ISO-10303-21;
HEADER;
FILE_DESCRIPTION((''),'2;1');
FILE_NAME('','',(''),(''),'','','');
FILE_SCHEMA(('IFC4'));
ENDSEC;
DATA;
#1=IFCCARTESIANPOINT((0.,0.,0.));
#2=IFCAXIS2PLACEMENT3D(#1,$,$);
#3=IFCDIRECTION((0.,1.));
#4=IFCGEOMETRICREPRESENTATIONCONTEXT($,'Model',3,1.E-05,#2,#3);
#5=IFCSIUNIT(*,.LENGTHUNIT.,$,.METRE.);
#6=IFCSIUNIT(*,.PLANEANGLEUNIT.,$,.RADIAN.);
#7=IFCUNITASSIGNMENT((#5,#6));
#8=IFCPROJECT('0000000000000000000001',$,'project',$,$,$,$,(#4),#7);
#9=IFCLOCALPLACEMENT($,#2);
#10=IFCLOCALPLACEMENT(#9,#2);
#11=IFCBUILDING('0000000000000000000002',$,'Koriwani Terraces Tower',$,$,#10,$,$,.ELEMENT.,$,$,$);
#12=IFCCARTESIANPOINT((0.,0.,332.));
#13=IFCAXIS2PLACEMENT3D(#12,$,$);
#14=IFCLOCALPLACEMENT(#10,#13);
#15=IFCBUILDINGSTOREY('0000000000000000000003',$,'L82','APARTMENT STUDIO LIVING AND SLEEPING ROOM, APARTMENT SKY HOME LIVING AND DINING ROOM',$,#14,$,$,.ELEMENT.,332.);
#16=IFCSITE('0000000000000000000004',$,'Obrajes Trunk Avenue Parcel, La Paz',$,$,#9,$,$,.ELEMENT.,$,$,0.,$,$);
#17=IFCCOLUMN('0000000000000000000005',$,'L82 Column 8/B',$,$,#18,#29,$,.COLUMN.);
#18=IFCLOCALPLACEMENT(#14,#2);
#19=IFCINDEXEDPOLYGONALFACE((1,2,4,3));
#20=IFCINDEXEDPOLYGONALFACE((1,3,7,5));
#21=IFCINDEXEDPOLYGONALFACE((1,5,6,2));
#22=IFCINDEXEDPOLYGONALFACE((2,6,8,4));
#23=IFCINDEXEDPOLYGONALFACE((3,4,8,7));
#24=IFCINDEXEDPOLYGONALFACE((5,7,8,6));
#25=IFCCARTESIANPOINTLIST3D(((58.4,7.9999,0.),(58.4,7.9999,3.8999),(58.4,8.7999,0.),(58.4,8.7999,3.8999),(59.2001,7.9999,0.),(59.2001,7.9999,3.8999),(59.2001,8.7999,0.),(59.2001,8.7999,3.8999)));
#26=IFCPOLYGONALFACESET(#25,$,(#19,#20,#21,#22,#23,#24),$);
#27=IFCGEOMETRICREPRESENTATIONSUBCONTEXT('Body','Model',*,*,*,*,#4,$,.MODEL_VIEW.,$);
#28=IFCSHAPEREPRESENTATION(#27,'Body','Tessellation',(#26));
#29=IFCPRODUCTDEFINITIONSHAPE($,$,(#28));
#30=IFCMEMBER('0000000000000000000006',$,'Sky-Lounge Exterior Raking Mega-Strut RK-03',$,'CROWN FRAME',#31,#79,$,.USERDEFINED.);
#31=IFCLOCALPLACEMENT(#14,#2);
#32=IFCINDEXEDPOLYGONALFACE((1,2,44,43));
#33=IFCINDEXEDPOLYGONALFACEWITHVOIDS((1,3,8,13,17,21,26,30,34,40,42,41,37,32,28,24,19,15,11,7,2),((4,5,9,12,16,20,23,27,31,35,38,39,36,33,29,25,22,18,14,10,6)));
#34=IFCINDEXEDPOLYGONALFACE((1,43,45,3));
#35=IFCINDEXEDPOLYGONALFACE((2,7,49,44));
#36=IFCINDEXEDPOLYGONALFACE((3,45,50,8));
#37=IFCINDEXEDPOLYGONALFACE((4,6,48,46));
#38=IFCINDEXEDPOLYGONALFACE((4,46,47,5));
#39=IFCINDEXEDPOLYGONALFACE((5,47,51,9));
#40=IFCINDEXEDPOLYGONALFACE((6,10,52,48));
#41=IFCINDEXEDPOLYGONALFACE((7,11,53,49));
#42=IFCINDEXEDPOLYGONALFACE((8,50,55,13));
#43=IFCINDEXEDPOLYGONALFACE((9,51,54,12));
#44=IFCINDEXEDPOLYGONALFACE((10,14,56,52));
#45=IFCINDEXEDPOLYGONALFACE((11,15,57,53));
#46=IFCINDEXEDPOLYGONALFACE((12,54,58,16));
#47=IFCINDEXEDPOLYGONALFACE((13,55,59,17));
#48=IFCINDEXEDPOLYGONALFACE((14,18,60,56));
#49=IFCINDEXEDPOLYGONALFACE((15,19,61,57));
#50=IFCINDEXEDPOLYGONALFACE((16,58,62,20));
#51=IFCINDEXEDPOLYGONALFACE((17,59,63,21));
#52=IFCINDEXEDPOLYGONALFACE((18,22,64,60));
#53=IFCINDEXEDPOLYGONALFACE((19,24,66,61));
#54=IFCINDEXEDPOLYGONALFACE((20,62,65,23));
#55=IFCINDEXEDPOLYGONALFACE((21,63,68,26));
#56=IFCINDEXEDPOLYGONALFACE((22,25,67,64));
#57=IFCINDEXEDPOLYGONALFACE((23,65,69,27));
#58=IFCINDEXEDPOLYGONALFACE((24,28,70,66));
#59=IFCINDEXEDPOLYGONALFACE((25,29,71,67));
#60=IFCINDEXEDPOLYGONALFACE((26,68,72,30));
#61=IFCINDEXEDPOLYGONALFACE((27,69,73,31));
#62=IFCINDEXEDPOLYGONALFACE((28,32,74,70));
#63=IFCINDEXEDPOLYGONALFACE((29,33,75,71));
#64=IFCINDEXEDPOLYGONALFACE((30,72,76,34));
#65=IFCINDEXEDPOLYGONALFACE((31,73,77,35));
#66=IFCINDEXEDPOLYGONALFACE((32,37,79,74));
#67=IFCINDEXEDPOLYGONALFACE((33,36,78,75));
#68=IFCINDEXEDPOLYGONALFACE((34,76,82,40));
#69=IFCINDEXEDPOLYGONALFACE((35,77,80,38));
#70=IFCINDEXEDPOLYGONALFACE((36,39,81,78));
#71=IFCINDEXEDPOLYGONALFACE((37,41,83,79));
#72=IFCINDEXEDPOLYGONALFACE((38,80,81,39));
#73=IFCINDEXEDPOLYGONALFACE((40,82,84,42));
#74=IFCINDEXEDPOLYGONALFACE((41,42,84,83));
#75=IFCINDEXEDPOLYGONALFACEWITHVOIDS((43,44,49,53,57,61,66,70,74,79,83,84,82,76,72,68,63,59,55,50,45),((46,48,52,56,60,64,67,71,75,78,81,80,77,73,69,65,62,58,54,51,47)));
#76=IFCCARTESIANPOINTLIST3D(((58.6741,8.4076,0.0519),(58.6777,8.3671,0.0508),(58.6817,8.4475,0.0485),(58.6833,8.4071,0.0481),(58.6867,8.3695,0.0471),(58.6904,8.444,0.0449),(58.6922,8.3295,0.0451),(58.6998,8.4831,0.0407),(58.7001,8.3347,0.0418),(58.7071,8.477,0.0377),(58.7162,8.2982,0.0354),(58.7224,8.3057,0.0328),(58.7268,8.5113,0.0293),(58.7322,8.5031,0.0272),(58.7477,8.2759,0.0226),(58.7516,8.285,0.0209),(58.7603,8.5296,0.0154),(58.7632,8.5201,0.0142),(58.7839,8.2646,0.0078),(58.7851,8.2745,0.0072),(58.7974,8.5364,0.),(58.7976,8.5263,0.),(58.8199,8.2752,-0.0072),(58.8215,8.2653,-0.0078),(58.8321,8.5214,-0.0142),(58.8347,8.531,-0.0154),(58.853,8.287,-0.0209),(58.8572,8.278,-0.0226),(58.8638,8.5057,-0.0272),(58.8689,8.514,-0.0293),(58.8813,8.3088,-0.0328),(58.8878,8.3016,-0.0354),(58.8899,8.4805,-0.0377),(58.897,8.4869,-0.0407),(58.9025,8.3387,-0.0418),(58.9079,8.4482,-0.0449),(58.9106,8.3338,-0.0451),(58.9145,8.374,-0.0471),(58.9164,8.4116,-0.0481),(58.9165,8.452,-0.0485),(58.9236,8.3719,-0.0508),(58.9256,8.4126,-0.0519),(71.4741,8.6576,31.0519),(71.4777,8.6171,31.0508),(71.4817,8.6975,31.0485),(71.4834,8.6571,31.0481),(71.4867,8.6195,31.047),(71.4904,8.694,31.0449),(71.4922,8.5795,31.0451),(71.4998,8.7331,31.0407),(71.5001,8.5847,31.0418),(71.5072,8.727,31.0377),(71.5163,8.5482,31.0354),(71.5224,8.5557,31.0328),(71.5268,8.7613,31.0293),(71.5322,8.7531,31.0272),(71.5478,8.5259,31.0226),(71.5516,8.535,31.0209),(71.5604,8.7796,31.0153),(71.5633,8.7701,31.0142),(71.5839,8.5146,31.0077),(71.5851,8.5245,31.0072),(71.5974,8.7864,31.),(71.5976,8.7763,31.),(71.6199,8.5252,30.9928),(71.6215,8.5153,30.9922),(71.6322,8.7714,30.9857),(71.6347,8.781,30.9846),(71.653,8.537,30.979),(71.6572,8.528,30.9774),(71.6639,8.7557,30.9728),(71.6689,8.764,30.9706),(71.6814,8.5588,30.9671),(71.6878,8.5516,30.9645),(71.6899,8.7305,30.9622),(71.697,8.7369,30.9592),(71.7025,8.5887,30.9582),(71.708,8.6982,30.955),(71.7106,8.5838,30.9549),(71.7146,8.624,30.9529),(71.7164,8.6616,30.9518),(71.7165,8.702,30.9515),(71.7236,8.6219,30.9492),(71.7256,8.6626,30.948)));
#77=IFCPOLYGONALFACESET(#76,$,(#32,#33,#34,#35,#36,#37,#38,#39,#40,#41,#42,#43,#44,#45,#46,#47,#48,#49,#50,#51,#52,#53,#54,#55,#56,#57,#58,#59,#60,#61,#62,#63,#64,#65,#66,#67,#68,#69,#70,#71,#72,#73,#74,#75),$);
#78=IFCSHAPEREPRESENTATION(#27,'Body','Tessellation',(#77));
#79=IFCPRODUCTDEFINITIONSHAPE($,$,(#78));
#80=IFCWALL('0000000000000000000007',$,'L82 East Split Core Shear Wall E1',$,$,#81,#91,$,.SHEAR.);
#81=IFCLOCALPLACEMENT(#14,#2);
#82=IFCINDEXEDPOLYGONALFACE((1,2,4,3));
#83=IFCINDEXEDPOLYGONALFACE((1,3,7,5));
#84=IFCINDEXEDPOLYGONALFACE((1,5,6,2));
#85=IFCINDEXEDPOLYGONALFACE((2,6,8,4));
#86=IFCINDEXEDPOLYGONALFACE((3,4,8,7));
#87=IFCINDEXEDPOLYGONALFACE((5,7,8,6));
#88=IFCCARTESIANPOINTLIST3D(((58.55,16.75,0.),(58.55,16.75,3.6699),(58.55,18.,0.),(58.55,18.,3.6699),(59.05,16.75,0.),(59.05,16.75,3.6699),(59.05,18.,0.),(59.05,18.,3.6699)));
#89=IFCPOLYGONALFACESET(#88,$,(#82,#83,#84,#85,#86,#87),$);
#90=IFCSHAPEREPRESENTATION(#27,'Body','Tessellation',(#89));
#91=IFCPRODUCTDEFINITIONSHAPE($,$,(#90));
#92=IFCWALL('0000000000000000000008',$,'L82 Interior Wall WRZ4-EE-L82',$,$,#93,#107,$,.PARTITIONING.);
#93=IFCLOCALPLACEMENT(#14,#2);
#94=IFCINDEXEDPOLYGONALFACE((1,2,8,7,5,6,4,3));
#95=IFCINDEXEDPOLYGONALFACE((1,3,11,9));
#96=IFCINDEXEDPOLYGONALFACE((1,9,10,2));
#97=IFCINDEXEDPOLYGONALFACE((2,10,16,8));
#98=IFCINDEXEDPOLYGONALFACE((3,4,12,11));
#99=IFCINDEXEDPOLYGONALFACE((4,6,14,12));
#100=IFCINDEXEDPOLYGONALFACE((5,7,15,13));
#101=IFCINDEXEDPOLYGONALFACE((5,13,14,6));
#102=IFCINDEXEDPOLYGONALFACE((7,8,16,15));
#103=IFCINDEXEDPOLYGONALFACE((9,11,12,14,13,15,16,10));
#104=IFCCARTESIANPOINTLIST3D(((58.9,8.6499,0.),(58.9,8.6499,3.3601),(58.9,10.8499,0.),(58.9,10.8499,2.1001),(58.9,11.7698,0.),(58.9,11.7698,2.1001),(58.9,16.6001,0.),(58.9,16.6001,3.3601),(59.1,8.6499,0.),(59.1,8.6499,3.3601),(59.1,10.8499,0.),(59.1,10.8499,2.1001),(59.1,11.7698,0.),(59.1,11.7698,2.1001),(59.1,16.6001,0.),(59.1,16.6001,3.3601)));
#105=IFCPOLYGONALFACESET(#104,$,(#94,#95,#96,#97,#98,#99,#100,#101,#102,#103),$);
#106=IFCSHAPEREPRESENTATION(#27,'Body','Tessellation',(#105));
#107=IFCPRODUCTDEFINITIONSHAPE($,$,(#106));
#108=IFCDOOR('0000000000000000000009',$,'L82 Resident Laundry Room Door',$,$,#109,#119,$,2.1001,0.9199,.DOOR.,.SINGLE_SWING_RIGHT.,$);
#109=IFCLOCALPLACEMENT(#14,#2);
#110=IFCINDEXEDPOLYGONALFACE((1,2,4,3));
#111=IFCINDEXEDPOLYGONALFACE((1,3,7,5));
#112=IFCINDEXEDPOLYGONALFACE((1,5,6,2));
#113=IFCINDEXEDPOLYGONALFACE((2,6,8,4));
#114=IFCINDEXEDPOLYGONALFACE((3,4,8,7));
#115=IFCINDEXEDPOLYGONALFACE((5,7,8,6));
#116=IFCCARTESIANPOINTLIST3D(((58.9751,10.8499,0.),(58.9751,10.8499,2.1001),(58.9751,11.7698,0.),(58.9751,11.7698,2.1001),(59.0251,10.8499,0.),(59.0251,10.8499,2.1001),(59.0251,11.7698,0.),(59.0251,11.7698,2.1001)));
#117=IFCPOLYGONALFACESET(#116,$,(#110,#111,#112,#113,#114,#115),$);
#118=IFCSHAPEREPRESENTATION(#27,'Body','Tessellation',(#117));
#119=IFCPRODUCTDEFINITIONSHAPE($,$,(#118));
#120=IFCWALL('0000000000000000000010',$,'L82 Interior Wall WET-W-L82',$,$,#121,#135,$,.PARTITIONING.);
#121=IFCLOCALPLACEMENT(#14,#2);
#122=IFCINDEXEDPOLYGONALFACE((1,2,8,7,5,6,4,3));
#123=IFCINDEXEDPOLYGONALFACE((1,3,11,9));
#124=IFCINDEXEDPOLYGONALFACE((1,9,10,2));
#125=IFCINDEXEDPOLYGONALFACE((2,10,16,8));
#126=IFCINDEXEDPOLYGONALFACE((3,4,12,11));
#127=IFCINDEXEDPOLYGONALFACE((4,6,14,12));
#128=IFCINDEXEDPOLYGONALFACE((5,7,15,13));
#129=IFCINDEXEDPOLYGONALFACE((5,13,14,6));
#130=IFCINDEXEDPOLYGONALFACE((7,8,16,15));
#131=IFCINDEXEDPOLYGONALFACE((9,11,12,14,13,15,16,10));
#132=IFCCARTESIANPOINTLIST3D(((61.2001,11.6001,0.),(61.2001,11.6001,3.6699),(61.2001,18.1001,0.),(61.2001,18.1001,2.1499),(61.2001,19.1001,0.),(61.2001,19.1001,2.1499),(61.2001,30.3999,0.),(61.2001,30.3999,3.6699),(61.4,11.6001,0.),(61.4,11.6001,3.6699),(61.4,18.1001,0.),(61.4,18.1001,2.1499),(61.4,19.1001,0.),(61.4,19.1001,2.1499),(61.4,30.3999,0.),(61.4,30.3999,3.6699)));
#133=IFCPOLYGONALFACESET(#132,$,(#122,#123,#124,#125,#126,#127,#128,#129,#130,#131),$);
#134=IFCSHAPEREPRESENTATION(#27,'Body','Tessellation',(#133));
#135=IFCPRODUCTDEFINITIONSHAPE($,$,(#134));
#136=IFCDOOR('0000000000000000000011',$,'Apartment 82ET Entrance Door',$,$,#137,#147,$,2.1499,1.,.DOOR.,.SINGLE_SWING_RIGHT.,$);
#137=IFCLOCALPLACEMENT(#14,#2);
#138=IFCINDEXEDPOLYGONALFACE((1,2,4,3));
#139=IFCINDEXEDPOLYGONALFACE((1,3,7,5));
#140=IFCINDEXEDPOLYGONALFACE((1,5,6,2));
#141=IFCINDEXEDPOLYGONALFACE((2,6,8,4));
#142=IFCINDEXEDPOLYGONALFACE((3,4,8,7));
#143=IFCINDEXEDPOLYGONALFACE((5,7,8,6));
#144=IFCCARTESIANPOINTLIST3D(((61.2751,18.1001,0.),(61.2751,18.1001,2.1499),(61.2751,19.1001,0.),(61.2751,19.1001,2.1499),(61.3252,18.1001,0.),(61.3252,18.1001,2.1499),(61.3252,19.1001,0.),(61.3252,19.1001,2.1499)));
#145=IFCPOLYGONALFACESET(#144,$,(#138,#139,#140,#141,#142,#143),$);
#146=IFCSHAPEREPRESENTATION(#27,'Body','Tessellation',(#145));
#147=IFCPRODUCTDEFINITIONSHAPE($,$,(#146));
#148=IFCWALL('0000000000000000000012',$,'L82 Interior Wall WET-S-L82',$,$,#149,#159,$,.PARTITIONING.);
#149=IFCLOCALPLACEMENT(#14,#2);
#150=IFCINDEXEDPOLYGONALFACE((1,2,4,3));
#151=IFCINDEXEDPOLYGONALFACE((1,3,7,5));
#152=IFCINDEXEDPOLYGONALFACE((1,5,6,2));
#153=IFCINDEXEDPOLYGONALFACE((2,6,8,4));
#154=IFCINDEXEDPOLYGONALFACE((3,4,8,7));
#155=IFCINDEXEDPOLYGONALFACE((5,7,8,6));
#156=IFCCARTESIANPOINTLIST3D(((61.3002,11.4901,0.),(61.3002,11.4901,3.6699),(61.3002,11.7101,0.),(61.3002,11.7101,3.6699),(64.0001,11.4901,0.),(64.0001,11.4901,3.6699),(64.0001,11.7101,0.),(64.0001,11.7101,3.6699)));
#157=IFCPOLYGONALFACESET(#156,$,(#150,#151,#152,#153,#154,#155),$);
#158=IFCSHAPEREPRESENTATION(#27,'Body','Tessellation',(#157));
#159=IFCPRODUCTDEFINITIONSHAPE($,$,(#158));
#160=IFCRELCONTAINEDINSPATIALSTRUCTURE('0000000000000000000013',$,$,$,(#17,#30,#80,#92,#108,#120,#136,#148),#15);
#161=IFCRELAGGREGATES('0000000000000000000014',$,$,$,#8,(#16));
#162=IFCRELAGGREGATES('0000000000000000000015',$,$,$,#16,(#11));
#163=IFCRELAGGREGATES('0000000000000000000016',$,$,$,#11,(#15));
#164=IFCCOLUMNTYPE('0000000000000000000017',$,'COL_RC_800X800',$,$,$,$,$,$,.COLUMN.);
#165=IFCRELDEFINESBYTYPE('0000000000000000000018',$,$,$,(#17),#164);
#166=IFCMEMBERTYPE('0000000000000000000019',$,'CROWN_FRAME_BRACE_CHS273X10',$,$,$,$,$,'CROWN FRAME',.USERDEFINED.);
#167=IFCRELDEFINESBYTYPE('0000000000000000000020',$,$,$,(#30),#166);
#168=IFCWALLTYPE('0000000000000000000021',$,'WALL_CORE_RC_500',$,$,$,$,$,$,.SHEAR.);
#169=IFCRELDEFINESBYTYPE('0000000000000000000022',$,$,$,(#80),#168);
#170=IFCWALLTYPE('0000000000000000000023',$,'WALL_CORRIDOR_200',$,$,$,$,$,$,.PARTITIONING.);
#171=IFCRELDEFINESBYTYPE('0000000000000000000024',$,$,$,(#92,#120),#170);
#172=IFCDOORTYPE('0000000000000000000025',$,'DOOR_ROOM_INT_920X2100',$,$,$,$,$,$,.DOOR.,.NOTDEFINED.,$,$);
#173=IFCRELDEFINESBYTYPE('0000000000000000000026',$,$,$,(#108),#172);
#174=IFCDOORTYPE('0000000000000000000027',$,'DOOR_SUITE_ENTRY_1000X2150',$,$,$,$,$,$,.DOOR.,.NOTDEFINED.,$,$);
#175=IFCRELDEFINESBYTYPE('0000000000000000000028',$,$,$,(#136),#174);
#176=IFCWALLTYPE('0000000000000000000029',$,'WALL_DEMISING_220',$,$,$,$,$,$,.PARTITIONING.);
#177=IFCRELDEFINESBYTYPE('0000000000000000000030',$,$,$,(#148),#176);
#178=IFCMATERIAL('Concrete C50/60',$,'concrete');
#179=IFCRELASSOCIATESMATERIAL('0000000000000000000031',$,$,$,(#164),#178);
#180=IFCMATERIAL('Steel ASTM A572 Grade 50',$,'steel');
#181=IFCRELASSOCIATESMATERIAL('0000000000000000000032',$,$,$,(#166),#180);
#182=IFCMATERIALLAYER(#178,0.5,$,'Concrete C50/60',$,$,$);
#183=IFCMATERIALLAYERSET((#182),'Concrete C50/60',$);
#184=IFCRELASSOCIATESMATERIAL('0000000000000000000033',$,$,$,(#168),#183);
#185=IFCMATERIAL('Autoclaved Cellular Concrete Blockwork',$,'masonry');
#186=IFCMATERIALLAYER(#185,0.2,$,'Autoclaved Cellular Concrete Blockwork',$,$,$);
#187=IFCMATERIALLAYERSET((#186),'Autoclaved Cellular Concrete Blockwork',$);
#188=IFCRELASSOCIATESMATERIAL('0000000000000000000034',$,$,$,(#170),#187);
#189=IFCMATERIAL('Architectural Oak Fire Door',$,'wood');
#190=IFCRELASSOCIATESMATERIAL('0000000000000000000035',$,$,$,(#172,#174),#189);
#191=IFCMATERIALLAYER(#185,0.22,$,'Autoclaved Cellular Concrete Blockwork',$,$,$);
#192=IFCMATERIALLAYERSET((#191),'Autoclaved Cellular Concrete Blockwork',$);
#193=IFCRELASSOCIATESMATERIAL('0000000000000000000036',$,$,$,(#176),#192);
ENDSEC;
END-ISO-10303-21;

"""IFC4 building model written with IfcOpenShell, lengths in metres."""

from ifc_helpers import new_model, si_unit, direction, frame, frame_2d, origin, origin_2d, place, context, subcontext, project, spatial, rectangle, hollow_circle, extrude, material, layer, layer_set, material_profile, profile_set, type_object, element, fill, save


model = new_model("IFC4")

# Units and contexts
model_context = context("Model", 3, precision=1e-05, world=origin(), true_north=direction((0.0, 1.0)))
body_context = subcontext(model_context, "Body", "Model", "MODEL_VIEW")
ifc_project = project(units=[si_unit("LENGTHUNIT", "METRE"), si_unit("PLANEANGLEUNIT", "RADIAN")], contexts=[model_context])

# Site, building, storey
site_placement = place(None, origin())
site = spatial("IfcSite", under=ifc_project, at=site_placement, Name="Obrajes Trunk Avenue Parcel, La Paz", CompositionType="ELEMENT", RefElevation=0.0)
building_placement = place(site_placement, origin())
building = spatial("IfcBuilding", under=site, at=building_placement, Name="Koriwani Terraces Tower", CompositionType="ELEMENT")
storey_placement = place(building_placement, frame((0.0, 0.0, 332.0)))
storey = spatial("IfcBuildingStorey", under=building, at=storey_placement, Name="L82", Description="APARTMENT STUDIO LIVING AND SLEEPING ROOM, APARTMENT SKY HOME LIVING AND DINING ROOM", CompositionType="ELEMENT", Elevation=332.0)

# Column
ifc_material_1 = material(Name="Concrete C50/60", Category="concrete")
ifc_material_profile_1 = material_profile(ifc_material_1, rectangle(XDim=0.8, YDim=0.8, at=origin_2d()), Name="Concrete C50/60", Category="LoadBearing")
ifc_profile_set_1 = profile_set([ifc_material_profile_1], Name="Concrete C50/60")
column_type = type_object("IfcColumnType", Name="COL_RC_800X800", PredefinedType="COLUMN", material=ifc_profile_set_1)
column_placement = place(storey_placement, frame((58.8, 8.3999, 0.0), z_axis=(0.0, 0.0, 1.0), x_axis=(1.0, 0.0, 0.0)))
element("IfcColumn", 1, at=column_placement, inside=storey, type_object=column_type, Name="L82 Column 8/B", PredefinedType="COLUMN", context=body_context, shape_type="SweptSolid", body=[
    extrude(rectangle(XDim=0.8, YDim=0.8, at=origin_2d()), origin(), (0.0, 0.0, 1.0), 3.8999),
])

# Member
ifc_material_2 = material(Name="Steel ASTM A572 Grade 50", Category="steel")
ifc_material_profile_2 = material_profile(ifc_material_2, hollow_circle(Radius=0.1365, WallThickness=0.01, at=origin_2d()), Name="Steel ASTM A572 Grade 50", Category="LoadBearing")
ifc_profile_set_2 = profile_set([ifc_material_profile_2], Name="Steel ASTM A572 Grade 50")
member_type = type_object("IfcMemberType", Name="CROWN_FRAME_BRACE_CHS273X10", ElementType="CROWN FRAME", PredefinedType="USERDEFINED", material=ifc_profile_set_2)
member_placement = place(storey_placement, frame((58.8, 8.3999, 0.0), z_axis=(0.38164, 0.007454, 0.924281), x_axis=(-0.019527, 0.999809, 0.0)))
element("IfcMember", 2, at=member_placement, inside=storey, type_object=member_type, Name="Sky-Lounge Exterior Raking Mega-Strut RK-03", ObjectType="CROWN FRAME", PredefinedType="USERDEFINED", context=body_context, shape_type="SweptSolid", body=[
    extrude(hollow_circle(Radius=0.1365, WallThickness=0.01, at=origin_2d()), origin(), (0.0, 0.0, 1.0), 33.5396),
])

# Wall
ifc_layer_1 = layer(ifc_material_1, 0.5, Name="Concrete C50/60")
ifc_layer_set_1 = layer_set([ifc_layer_1], Name="Concrete C50/60")
wall_type_1 = type_object("IfcWallType", Name="WALL_CORE_RC_500", PredefinedType="SHEAR", material=ifc_layer_set_1)
wall_1_placement = place(storey_placement, frame((58.8, 16.75, 0.0), z_axis=(0.0, 0.0, 1.0), x_axis=(0.0, 1.0, 0.0)))
element("IfcWall", 3, at=wall_1_placement, inside=storey, type_object=wall_type_1, Name="L82 East Split Core Shear Wall E1", PredefinedType="SHEAR", context=body_context, shape_type="SweptSolid", body=[
    extrude(rectangle(XDim=1.25, YDim=0.5, at=frame_2d((0.625, 0.0))), origin(), (0.0, 0.0, 1.0), 3.6699),
])

# Walls, openings, doors
ifc_material_3 = material(Name="Autoclaved Cellular Concrete Blockwork", Category="masonry")
ifc_layer_2 = layer(ifc_material_3, 0.2, Name="Autoclaved Cellular Concrete Blockwork")
ifc_layer_set_2 = layer_set([ifc_layer_2], Name="Autoclaved Cellular Concrete Blockwork")
wall_type_2 = type_object("IfcWallType", Name="WALL_CORRIDOR_200", PredefinedType="PARTITIONING", material=ifc_layer_set_2)
wall_2_placement = place(storey_placement, frame((59.0, 8.6499, 0.0), z_axis=(0.0, 0.0, 1.0), x_axis=(0.0, 1.0, 0.0)))
wall_2 = element("IfcWall", 4, at=wall_2_placement, inside=storey, type_object=wall_type_2, Name="L82 Interior Wall WRZ4-EE-L82", PredefinedType="PARTITIONING", context=body_context, shape_type="SweptSolid", body=[
    extrude(rectangle(XDim=7.9502, YDim=0.2, at=frame_2d((3.9751, 0.0))), origin(), (0.0, 0.0, 1.0), 3.3601),
])
opening_1_placement = place(wall_2_placement, frame((2.2, 0.0, 0.0)))
opening_1 = element("IfcOpeningElement", 5, at=opening_1_placement, cuts=wall_2, PredefinedType="OPENING", context=body_context, shape_type="SweptSolid", body=[
    extrude(rectangle(XDim=0.9199, YDim=2.1001, at=frame_2d((0.46, 1.05))), frame((0.0, 0.1099, 0.0), z_axis=(0.0, -1.0, 0.0), x_axis=(1.0, 0.0, 0.0)), (0.0, 0.0, 1.0), 0.22),
])
ifc_material_4 = material(Name="Architectural Oak Fire Door", Category="wood")
door_type_1 = type_object("IfcDoorType", Name="DOOR_ROOM_INT_920X2100", OperationType="NOTDEFINED", PredefinedType="DOOR", material=ifc_material_4)
door_1_placement = place(opening_1_placement, origin())
door_1 = element("IfcDoor", 6, at=door_1_placement, inside=storey, type_object=door_type_1, Name="L82 Resident Laundry Room Door", OperationType="SINGLE_SWING_RIGHT", OverallHeight=2.1001, OverallWidth=0.9199, PredefinedType="DOOR", context=body_context, shape_type="SweptSolid", body=[
    extrude(rectangle(XDim=0.9199, YDim=2.1001, at=frame_2d((0.46, 1.05))), frame((0.0, 0.0249, 0.0), z_axis=(0.0, -1.0, 0.0), x_axis=(1.0, 0.0, 0.0)), (0.0, 0.0, 1.0), 0.05),
])
fill(opening_1, door_1)
wall_3_placement = place(storey_placement, frame((61.3, 11.6001, 0.0), z_axis=(0.0, 0.0, 1.0), x_axis=(0.0, 1.0, 0.0)))
wall_3 = element("IfcWall", 7, at=wall_3_placement, inside=storey, type_object=wall_type_2, Name="L82 Interior Wall WET-W-L82", PredefinedType="PARTITIONING", context=body_context, shape_type="SweptSolid", body=[
    extrude(rectangle(XDim=18.7998, YDim=0.2, at=frame_2d((9.3999, 0.0))), origin(), (0.0, 0.0, 1.0), 3.6699),
])
opening_2_placement = place(wall_3_placement, frame((6.5, 0.0, 0.0)))
opening_2 = element("IfcOpeningElement", 8, at=opening_2_placement, cuts=wall_3, PredefinedType="OPENING", context=body_context, shape_type="SweptSolid", body=[
    extrude(rectangle(XDim=1.0, YDim=2.1499, at=frame_2d((0.5, 1.075))), frame((0.0, 0.1099, 0.0), z_axis=(0.0, -1.0, 0.0), x_axis=(1.0, 0.0, 0.0)), (0.0, 0.0, 1.0), 0.22),
])
door_type_2 = type_object("IfcDoorType", Name="DOOR_SUITE_ENTRY_1000X2150", OperationType="NOTDEFINED", PredefinedType="DOOR", material=ifc_material_4)
door_2_placement = place(opening_2_placement, origin())
door_2 = element("IfcDoor", 9, at=door_2_placement, inside=storey, type_object=door_type_2, Name="Apartment 82ET Entrance Door", OperationType="SINGLE_SWING_RIGHT", OverallHeight=2.1499, OverallWidth=1.0, PredefinedType="DOOR", context=body_context, shape_type="SweptSolid", body=[
    extrude(rectangle(XDim=1.0, YDim=2.1499, at=frame_2d((0.5, 1.075))), frame((0.0, 0.0249, 0.0), z_axis=(0.0, -1.0, 0.0), x_axis=(1.0, 0.0, 0.0)), (0.0, 0.0, 1.0), 0.05),
])
fill(opening_2, door_2)

# Wall
ifc_layer_3 = layer(ifc_material_3, 0.22, Name="Autoclaved Cellular Concrete Blockwork")
ifc_layer_set_3 = layer_set([ifc_layer_3], Name="Autoclaved Cellular Concrete Blockwork")
wall_type_3 = type_object("IfcWallType", Name="WALL_DEMISING_220", PredefinedType="PARTITIONING", material=ifc_layer_set_3)
wall_4_placement = place(storey_placement, frame((61.3, 11.6001, 0.0), z_axis=(0.0, 0.0, 1.0), x_axis=(1.0, 0.0, 0.0)))
element("IfcWall", 10, at=wall_4_placement, inside=storey, type_object=wall_type_3, Name="L82 Interior Wall WET-S-L82", PredefinedType="PARTITIONING", context=body_context, shape_type="SweptSolid", body=[
    extrude(rectangle(XDim=2.7, YDim=0.22, at=frame_2d((1.3501, 0.0))), origin(), (0.0, 0.0, 1.0), 3.6699),
])

save(model, "model.ifc")
